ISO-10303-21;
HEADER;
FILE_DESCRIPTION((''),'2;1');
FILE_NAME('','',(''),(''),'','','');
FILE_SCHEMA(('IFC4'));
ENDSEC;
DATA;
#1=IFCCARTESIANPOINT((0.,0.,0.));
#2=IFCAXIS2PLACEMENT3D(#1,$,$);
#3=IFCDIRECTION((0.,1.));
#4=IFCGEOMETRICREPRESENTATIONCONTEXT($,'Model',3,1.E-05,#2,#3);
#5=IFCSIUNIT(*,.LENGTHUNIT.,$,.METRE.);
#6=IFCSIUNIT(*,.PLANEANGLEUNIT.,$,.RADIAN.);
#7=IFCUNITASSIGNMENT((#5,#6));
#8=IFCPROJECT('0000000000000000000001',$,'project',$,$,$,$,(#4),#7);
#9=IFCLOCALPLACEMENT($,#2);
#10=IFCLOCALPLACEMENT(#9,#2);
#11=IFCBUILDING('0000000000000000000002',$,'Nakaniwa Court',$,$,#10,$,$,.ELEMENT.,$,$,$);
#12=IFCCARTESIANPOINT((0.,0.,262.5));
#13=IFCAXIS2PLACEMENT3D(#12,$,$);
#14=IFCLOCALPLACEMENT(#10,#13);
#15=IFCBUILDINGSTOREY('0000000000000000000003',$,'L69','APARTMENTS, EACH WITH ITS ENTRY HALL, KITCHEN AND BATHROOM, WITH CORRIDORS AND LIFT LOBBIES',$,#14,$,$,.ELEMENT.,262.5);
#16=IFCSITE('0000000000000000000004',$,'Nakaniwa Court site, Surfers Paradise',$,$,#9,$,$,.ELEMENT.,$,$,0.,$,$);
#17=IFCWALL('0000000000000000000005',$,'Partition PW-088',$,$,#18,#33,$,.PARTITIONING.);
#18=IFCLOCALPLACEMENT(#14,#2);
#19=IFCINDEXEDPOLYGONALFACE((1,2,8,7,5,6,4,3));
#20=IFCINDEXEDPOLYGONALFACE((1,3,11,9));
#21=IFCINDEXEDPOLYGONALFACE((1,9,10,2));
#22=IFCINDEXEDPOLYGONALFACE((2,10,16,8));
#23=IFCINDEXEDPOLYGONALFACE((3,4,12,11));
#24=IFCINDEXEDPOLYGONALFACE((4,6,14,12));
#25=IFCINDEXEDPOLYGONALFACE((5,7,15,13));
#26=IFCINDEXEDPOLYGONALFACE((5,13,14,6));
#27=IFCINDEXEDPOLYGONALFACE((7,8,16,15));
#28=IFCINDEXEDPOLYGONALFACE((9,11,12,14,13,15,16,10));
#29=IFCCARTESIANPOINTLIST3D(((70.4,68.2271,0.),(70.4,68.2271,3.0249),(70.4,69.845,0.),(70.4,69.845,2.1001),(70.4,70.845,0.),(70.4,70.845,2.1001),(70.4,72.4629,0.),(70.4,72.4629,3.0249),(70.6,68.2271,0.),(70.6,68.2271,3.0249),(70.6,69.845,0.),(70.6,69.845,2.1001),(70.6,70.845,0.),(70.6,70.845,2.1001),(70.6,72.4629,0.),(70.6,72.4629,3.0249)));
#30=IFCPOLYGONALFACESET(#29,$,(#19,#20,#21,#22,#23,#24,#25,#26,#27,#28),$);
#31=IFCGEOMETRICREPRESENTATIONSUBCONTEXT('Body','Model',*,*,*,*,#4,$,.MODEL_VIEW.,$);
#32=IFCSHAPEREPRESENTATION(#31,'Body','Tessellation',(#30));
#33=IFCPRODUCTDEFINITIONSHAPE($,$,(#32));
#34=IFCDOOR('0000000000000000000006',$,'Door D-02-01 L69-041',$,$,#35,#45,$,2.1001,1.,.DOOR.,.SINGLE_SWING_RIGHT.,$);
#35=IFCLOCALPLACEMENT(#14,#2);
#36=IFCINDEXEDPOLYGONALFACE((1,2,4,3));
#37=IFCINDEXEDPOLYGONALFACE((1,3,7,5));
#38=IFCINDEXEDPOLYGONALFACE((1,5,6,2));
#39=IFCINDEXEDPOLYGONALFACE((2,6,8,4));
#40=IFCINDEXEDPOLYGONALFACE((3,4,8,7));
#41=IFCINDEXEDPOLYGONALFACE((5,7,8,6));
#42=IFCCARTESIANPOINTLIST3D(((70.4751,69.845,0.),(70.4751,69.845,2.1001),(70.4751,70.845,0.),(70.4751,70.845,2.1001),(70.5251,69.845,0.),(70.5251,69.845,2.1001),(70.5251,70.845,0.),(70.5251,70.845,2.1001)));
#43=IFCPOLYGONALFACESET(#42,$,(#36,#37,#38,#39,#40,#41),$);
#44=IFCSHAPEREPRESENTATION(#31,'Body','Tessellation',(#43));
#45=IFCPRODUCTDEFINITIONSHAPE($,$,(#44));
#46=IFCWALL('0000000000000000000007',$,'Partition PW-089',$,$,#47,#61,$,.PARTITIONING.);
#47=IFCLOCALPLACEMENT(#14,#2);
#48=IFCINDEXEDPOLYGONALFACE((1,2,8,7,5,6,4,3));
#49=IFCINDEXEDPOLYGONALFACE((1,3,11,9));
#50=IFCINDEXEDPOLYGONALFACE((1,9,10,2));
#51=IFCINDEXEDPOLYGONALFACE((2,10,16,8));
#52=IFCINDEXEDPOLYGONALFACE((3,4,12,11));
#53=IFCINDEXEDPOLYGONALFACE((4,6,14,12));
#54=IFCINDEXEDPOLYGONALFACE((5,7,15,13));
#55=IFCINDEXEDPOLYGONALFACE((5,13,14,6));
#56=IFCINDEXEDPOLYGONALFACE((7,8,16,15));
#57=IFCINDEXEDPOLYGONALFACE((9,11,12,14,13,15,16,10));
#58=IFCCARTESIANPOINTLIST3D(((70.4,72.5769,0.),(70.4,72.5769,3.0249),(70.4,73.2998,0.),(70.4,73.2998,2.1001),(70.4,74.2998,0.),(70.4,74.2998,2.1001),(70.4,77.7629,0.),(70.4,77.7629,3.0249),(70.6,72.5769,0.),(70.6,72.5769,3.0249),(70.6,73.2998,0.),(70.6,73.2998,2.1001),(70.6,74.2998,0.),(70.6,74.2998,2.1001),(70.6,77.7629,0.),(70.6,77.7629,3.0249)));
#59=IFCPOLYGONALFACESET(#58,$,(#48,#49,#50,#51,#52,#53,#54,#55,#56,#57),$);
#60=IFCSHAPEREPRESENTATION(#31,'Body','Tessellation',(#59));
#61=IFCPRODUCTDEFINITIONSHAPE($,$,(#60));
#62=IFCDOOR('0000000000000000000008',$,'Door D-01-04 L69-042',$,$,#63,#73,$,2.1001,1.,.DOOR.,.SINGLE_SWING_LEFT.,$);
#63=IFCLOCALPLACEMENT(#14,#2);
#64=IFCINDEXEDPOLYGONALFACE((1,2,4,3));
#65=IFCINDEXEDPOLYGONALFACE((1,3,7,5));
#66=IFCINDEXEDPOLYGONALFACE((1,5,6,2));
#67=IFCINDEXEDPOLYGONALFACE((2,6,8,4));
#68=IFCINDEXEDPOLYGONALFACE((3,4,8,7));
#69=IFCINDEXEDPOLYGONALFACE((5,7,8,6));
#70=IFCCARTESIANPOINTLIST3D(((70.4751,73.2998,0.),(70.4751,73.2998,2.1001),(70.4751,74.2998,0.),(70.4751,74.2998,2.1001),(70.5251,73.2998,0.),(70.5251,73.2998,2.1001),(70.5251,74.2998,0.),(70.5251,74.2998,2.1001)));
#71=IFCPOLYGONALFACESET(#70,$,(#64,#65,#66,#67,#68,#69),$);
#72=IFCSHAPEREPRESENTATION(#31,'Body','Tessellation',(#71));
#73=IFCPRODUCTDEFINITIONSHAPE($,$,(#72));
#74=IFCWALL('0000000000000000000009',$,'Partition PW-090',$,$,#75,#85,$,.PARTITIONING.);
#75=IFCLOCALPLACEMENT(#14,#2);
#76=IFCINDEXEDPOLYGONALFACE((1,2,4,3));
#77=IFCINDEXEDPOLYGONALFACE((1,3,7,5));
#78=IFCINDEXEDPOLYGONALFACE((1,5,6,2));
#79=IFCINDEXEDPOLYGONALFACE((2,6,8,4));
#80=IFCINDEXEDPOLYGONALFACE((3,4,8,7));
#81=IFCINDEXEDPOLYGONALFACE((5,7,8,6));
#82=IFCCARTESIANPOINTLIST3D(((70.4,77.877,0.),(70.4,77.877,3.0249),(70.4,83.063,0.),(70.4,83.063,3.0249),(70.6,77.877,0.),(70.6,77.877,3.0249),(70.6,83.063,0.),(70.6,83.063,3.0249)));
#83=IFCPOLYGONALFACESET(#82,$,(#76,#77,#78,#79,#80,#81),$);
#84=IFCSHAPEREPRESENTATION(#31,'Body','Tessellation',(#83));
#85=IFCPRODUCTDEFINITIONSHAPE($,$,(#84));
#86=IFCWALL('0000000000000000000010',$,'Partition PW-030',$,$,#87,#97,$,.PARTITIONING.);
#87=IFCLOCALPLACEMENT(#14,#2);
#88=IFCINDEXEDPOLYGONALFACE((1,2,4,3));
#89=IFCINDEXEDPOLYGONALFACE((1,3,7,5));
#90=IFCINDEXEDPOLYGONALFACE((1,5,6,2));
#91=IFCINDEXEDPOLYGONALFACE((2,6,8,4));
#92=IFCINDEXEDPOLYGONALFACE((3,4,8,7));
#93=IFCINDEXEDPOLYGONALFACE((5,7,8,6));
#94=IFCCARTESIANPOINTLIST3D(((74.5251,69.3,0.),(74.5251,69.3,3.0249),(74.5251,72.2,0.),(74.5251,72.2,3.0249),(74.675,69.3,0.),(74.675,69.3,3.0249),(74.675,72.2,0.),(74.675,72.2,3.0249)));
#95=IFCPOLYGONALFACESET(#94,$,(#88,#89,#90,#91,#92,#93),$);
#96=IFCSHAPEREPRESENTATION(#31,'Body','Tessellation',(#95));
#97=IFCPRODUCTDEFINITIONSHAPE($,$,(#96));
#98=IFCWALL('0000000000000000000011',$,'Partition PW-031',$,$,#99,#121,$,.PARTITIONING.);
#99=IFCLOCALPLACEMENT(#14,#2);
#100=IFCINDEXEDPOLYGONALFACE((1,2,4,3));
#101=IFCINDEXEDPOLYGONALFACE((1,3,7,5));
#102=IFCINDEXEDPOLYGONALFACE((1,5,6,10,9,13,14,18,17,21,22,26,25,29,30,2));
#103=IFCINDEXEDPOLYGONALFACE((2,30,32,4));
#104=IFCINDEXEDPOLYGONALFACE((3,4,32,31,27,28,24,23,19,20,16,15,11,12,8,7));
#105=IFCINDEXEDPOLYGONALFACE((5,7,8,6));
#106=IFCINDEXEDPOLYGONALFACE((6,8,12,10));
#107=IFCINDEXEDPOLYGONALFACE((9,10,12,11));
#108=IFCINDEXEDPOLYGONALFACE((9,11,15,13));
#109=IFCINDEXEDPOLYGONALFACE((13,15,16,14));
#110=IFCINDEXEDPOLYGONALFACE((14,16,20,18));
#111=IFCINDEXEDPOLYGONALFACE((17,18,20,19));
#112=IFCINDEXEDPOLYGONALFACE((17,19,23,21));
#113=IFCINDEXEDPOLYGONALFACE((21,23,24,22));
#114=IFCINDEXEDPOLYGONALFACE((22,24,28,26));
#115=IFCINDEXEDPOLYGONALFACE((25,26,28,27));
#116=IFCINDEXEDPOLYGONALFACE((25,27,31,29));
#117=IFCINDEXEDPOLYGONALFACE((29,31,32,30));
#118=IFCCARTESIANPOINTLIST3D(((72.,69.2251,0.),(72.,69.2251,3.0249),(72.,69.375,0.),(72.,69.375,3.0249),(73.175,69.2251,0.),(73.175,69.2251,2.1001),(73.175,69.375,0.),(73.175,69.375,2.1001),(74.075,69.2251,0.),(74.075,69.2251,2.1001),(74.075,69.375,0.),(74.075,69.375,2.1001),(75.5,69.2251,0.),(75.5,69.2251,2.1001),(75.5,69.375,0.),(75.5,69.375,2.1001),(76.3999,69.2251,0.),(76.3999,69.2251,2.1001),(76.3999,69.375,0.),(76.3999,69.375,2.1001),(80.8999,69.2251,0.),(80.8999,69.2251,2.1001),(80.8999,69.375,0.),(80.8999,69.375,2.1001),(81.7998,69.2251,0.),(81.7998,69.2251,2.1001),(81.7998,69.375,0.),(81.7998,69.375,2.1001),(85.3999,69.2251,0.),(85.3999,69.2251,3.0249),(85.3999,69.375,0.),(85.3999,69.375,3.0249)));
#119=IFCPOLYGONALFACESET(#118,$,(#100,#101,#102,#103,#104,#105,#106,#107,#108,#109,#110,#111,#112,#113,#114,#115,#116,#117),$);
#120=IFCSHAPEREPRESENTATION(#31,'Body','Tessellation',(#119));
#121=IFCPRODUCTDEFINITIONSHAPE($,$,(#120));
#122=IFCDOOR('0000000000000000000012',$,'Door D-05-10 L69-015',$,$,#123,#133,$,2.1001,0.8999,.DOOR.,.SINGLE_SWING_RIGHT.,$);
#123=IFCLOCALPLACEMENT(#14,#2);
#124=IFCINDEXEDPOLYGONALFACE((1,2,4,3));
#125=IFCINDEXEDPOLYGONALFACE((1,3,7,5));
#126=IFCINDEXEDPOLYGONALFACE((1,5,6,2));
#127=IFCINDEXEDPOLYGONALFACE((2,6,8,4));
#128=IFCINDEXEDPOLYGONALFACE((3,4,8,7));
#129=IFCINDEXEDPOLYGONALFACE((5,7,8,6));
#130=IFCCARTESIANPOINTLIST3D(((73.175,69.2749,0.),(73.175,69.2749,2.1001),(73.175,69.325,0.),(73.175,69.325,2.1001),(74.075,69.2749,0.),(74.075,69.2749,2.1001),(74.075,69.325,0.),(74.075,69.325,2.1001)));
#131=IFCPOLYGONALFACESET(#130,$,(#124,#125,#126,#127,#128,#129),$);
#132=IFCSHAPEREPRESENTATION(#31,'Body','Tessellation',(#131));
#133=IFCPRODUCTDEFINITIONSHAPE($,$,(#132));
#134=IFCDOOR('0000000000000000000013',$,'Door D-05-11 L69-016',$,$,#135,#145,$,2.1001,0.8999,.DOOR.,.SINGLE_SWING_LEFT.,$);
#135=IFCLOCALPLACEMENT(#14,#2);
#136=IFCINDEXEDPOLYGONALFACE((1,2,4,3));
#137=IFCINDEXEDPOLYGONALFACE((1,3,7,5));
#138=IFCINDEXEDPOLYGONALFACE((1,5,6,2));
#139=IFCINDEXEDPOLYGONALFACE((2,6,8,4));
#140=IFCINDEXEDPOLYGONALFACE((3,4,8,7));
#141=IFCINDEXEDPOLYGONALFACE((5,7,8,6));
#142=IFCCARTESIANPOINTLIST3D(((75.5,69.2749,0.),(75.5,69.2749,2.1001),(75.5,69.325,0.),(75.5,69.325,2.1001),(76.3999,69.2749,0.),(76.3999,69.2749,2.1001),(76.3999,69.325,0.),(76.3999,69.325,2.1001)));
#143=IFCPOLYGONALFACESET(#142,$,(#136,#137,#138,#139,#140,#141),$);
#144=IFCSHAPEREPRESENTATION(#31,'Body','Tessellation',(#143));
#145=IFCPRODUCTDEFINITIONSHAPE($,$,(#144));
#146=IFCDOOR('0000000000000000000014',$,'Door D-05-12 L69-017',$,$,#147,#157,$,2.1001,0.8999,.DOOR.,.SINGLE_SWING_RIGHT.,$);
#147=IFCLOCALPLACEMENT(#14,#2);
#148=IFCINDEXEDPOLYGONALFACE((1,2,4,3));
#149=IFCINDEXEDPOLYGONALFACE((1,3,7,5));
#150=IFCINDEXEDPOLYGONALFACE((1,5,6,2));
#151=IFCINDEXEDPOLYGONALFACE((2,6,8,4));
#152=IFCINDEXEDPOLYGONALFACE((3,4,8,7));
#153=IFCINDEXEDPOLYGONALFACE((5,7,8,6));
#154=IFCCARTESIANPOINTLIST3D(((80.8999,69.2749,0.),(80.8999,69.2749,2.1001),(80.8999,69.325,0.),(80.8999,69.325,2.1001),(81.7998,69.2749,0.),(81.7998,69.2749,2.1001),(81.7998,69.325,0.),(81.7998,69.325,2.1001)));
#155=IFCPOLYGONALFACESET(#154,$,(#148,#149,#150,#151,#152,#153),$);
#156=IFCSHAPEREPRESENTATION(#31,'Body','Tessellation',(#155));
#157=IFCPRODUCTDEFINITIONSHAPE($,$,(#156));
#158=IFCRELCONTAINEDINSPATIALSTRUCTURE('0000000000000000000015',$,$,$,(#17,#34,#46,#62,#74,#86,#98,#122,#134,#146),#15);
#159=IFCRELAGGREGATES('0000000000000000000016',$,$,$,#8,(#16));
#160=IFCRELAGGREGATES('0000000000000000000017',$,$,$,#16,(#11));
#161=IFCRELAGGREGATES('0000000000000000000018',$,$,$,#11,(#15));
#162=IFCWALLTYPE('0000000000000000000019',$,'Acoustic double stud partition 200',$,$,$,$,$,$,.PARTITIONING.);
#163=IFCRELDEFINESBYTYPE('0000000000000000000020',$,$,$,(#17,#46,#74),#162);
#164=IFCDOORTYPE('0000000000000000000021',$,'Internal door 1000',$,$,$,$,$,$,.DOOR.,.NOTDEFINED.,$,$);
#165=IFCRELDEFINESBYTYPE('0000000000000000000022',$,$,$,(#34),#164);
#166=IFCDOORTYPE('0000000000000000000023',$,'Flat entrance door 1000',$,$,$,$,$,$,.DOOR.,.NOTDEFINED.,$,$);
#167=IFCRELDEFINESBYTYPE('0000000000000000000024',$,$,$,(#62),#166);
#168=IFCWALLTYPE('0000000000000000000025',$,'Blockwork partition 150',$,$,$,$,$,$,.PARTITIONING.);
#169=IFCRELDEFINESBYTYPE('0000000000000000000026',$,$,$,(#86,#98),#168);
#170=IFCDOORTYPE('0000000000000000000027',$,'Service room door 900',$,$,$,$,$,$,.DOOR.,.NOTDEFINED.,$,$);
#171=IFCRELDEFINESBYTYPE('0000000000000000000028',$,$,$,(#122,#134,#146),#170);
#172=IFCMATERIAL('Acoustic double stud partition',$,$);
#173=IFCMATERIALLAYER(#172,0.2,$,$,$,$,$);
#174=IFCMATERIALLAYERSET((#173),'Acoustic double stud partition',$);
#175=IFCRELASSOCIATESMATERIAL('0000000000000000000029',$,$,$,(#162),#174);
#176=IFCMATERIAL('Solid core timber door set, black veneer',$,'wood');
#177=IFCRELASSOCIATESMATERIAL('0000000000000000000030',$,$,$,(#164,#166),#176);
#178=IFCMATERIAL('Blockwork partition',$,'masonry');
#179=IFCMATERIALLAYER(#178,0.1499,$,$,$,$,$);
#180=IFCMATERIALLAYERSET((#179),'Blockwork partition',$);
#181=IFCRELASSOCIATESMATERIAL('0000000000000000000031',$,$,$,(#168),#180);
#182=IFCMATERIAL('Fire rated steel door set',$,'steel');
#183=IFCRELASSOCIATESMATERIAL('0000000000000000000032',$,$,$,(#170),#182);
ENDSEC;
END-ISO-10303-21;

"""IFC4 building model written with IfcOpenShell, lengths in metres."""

from ifc_helpers import new_model, si_unit, direction, frame, frame_2d, origin, place, context, subcontext, project, spatial, rectangle, extrude, material, layer, layer_set, type_object, element, fill, save


model = new_model("IFC4")

# Units and contexts
model_context = context("Model", 3, precision=1e-05, world=origin(), true_north=direction((0.0, 1.0)))
body_context = subcontext(model_context, "Body", "Model", "MODEL_VIEW")
ifc_project = project(units=[si_unit("LENGTHUNIT", "METRE"), si_unit("PLANEANGLEUNIT", "RADIAN")], contexts=[model_context])

# Site, building, storey
site_placement = place(None, origin())
site = spatial("IfcSite", under=ifc_project, at=site_placement, Name="Nakaniwa Court site, Surfers Paradise", CompositionType="ELEMENT", RefElevation=0.0)
building_placement = place(site_placement, origin())
building = spatial("IfcBuilding", under=site, at=building_placement, Name="Nakaniwa Court", CompositionType="ELEMENT")
storey_placement = place(building_placement, frame((0.0, 0.0, 262.5)))
storey = spatial("IfcBuildingStorey", under=building, at=storey_placement, Name="L69", Description="APARTMENTS, EACH WITH ITS ENTRY HALL, KITCHEN AND BATHROOM, WITH CORRIDORS AND LIFT LOBBIES", CompositionType="ELEMENT", Elevation=262.5)

# Shared definitions
ifc_material_1 = material(Name="Acoustic double stud partition")
ifc_layer_1 = layer(ifc_material_1, 0.2)
ifc_layer_set_1 = layer_set([ifc_layer_1], Name="Acoustic double stud partition")
wall_type_1 = type_object("IfcWallType", Name="Acoustic double stud partition 200", PredefinedType="PARTITIONING", material=ifc_layer_set_1)

# Walls, openings, doors
wall_1_placement = place(storey_placement, frame((70.5, 68.2271, 0.0), z_axis=(0.0, 0.0, 1.0), x_axis=(0.0, 1.0, 0.0)))
wall_1 = element("IfcWall", 1, at=wall_1_placement, inside=storey, type_object=wall_type_1, Name="Partition PW-088", PredefinedType="PARTITIONING", context=body_context, shape_type="SweptSolid", body=[
    extrude(rectangle(XDim=4.2358, YDim=0.2, at=frame_2d((2.1179, 0.0))), origin(), (0.0, 0.0, 1.0), 3.0249),
])
opening_1_placement = place(wall_1_placement, frame((1.6179, 0.0, 0.0)))
opening_1 = element("IfcOpeningElement", 2, at=opening_1_placement, cuts=wall_1, PredefinedType="OPENING", context=body_context, shape_type="SweptSolid", body=[
    extrude(rectangle(XDim=1.0, YDim=2.1001, at=frame_2d((0.5, 1.05))), frame((0.0, 0.1099, 0.0), z_axis=(0.0, -1.0, 0.0), x_axis=(1.0, 0.0, 0.0)), (0.0, 0.0, 1.0), 0.22),
])
ifc_material_2 = material(Name="Solid core timber door set, black veneer", Category="wood")
door_type_1 = type_object("IfcDoorType", Name="Internal door 1000", OperationType="NOTDEFINED", PredefinedType="DOOR", material=ifc_material_2)
door_1_placement = place(opening_1_placement, origin())
door_1 = element("IfcDoor", 3, at=door_1_placement, inside=storey, type_object=door_type_1, Name="Door D-02-01 L69-041", OperationType="SINGLE_SWING_RIGHT", OverallHeight=2.1001, OverallWidth=1.0, PredefinedType="DOOR", context=body_context, shape_type="SweptSolid", body=[
    extrude(rectangle(XDim=1.0, YDim=2.1001, at=frame_2d((0.5, 1.05))), frame((0.0, 0.0249, 0.0), z_axis=(0.0, -1.0, 0.0), x_axis=(1.0, 0.0, 0.0)), (0.0, 0.0, 1.0), 0.05),
])
fill(opening_1, door_1)
wall_2_placement = place(storey_placement, frame((70.5, 72.5769, 0.0), z_axis=(0.0, 0.0, 1.0), x_axis=(0.0, 1.0, 0.0)))
wall_2 = element("IfcWall", 4, at=wall_2_placement, inside=storey, type_object=wall_type_1, Name="Partition PW-089", PredefinedType="PARTITIONING", context=body_context, shape_type="SweptSolid", body=[
    extrude(rectangle(XDim=5.186, YDim=0.2, at=frame_2d((2.593, 0.0))), origin(), (0.0, 0.0, 1.0), 3.0249),
])
opening_2_placement = place(wall_2_placement, frame((0.7229, 0.0, 0.0)))
opening_2 = element("IfcOpeningElement", 5, at=opening_2_placement, cuts=wall_2, PredefinedType="OPENING", context=body_context, shape_type="SweptSolid", body=[
    extrude(rectangle(XDim=1.0, YDim=2.1001, at=frame_2d((0.5, 1.05))), frame((0.0, 0.1099, 0.0), z_axis=(0.0, -1.0, 0.0), x_axis=(1.0, 0.0, 0.0)), (0.0, 0.0, 1.0), 0.22),
])
door_type_2 = type_object("IfcDoorType", Name="Flat entrance door 1000", OperationType="NOTDEFINED", PredefinedType="DOOR", material=ifc_material_2)
door_2_placement = place(opening_2_placement, origin())
door_2 = element("IfcDoor", 6, at=door_2_placement, inside=storey, type_object=door_type_2, Name="Door D-01-04 L69-042", OperationType="SINGLE_SWING_LEFT", OverallHeight=2.1001, OverallWidth=1.0, PredefinedType="DOOR", context=body_context, shape_type="SweptSolid", body=[
    extrude(rectangle(XDim=1.0, YDim=2.1001, at=frame_2d((0.5, 1.05))), frame((0.0, 0.0249, 0.0), z_axis=(0.0, -1.0, 0.0), x_axis=(1.0, 0.0, 0.0)), (0.0, 0.0, 1.0), 0.05),
])
fill(opening_2, door_2)

# Walls
wall_3_placement = place(storey_placement, frame((70.5, 77.877, 0.0), z_axis=(0.0, 0.0, 1.0), x_axis=(0.0, 1.0, 0.0)))
element("IfcWall", 7, at=wall_3_placement, inside=storey, type_object=wall_type_1, Name="Partition PW-090", PredefinedType="PARTITIONING", context=body_context, shape_type="SweptSolid", body=[
    extrude(rectangle(XDim=5.186, YDim=0.2, at=frame_2d((2.593, 0.0))), origin(), (0.0, 0.0, 1.0), 3.0249),
])
ifc_material_3 = material(Name="Blockwork partition", Category="masonry")
ifc_layer_2 = layer(ifc_material_3, 0.1499)
ifc_layer_set_2 = layer_set([ifc_layer_2], Name="Blockwork partition")
wall_type_2 = type_object("IfcWallType", Name="Blockwork partition 150", PredefinedType="PARTITIONING", material=ifc_layer_set_2)
wall_4_placement = place(storey_placement, frame((74.6001, 69.3, 0.0), z_axis=(0.0, 0.0, 1.0), x_axis=(0.0, 1.0, 0.0)))
element("IfcWall", 8, at=wall_4_placement, inside=storey, type_object=wall_type_2, Name="Partition PW-030", PredefinedType="PARTITIONING", context=body_context, shape_type="SweptSolid", body=[
    extrude(rectangle(XDim=2.8999, YDim=0.1499, at=frame_2d((1.45, 0.0))), origin(), (0.0, 0.0, 1.0), 3.0249),
])

# Wall, openings, doors
wall_5_placement = place(storey_placement, frame((72.0, 69.3, 0.0), z_axis=(0.0, 0.0, 1.0), x_axis=(1.0, 0.0, 0.0)))
wall_5 = element("IfcWall", 9, at=wall_5_placement, inside=storey, type_object=wall_type_2, Name="Partition PW-031", PredefinedType="PARTITIONING", context=body_context, shape_type="SweptSolid", body=[
    extrude(rectangle(XDim=13.3999, YDim=0.1499, at=frame_2d((6.7, 0.0))), origin(), (0.0, 0.0, 1.0), 3.0249),
])
opening_3_placement = place(wall_5_placement, frame((1.175, 0.0, 0.0)))
opening_3 = element("IfcOpeningElement", 10, at=opening_3_placement, cuts=wall_5, PredefinedType="OPENING", context=body_context, shape_type="SweptSolid", body=[
    extrude(rectangle(XDim=0.8999, YDim=2.1001, at=frame_2d((0.45, 1.05))), frame((0.0, 0.085, 0.0), z_axis=(0.0, -1.0, 0.0), x_axis=(1.0, 0.0, 0.0)), (0.0, 0.0, 1.0), 0.1699),
])
opening_4_placement = place(wall_5_placement, frame((3.5, 0.0, 0.0)))
opening_4 = element("IfcOpeningElement", 11, at=opening_4_placement, cuts=wall_5, PredefinedType="OPENING", context=body_context, shape_type="SweptSolid", body=[
    extrude(rectangle(XDim=0.8999, YDim=2.1001, at=frame_2d((0.45, 1.05))), frame((0.0, 0.085, 0.0), z_axis=(0.0, -1.0, 0.0), x_axis=(1.0, 0.0, 0.0)), (0.0, 0.0, 1.0), 0.1699),
])
opening_5_placement = place(wall_5_placement, frame((8.8999, 0.0, 0.0)))
opening_5 = element("IfcOpeningElement", 12, at=opening_5_placement, cuts=wall_5, PredefinedType="OPENING", context=body_context, shape_type="SweptSolid", body=[
    extrude(rectangle(XDim=0.8999, YDim=2.1001, at=frame_2d((0.45, 1.05))), frame((0.0, 0.085, 0.0), z_axis=(0.0, -1.0, 0.0), x_axis=(1.0, 0.0, 0.0)), (0.0, 0.0, 1.0), 0.1699),
])
ifc_material_4 = material(Name="Fire rated steel door set", Category="steel")
door_type_3 = type_object("IfcDoorType", Name="Service room door 900", OperationType="NOTDEFINED", PredefinedType="DOOR", material=ifc_material_4)
door_3_placement = place(opening_3_placement, origin())
door_3 = element("IfcDoor", 13, at=door_3_placement, inside=storey, type_object=door_type_3, Name="Door D-05-10 L69-015", OperationType="SINGLE_SWING_RIGHT", OverallHeight=2.1001, OverallWidth=0.8999, PredefinedType="DOOR", context=body_context, shape_type="SweptSolid", body=[
    extrude(rectangle(XDim=0.8999, YDim=2.1001, at=frame_2d((0.45, 1.05))), frame((0.0, 0.0249, 0.0), z_axis=(0.0, -1.0, 0.0), x_axis=(1.0, 0.0, 0.0)), (0.0, 0.0, 1.0), 0.05),
])
fill(opening_3, door_3)
door_4_placement = place(opening_4_placement, origin())
door_4 = element("IfcDoor", 14, at=door_4_placement, inside=storey, type_object=door_type_3, Name="Door D-05-11 L69-016", OperationType="SINGLE_SWING_LEFT", OverallHeight=2.1001, OverallWidth=0.8999, PredefinedType="DOOR", context=body_context, shape_type="SweptSolid", body=[
    extrude(rectangle(XDim=0.8999, YDim=2.1001, at=frame_2d((0.45, 1.05))), frame((0.0, 0.0249, 0.0), z_axis=(0.0, -1.0, 0.0), x_axis=(1.0, 0.0, 0.0)), (0.0, 0.0, 1.0), 0.05),
])
fill(opening_4, door_4)
door_5_placement = place(opening_5_placement, origin())
door_5 = element("IfcDoor", 15, at=door_5_placement, inside=storey, type_object=door_type_3, Name="Door D-05-12 L69-017", OperationType="SINGLE_SWING_RIGHT", OverallHeight=2.1001, OverallWidth=0.8999, PredefinedType="DOOR", context=body_context, shape_type="SweptSolid", body=[
    extrude(rectangle(XDim=0.8999, YDim=2.1001, at=frame_2d((0.45, 1.05))), frame((0.0, 0.0249, 0.0), z_axis=(0.0, -1.0, 0.0), x_axis=(1.0, 0.0, 0.0)), (0.0, 0.0, 1.0), 0.05),
])
fill(opening_5, door_5)

save(model, "model.ifc")
